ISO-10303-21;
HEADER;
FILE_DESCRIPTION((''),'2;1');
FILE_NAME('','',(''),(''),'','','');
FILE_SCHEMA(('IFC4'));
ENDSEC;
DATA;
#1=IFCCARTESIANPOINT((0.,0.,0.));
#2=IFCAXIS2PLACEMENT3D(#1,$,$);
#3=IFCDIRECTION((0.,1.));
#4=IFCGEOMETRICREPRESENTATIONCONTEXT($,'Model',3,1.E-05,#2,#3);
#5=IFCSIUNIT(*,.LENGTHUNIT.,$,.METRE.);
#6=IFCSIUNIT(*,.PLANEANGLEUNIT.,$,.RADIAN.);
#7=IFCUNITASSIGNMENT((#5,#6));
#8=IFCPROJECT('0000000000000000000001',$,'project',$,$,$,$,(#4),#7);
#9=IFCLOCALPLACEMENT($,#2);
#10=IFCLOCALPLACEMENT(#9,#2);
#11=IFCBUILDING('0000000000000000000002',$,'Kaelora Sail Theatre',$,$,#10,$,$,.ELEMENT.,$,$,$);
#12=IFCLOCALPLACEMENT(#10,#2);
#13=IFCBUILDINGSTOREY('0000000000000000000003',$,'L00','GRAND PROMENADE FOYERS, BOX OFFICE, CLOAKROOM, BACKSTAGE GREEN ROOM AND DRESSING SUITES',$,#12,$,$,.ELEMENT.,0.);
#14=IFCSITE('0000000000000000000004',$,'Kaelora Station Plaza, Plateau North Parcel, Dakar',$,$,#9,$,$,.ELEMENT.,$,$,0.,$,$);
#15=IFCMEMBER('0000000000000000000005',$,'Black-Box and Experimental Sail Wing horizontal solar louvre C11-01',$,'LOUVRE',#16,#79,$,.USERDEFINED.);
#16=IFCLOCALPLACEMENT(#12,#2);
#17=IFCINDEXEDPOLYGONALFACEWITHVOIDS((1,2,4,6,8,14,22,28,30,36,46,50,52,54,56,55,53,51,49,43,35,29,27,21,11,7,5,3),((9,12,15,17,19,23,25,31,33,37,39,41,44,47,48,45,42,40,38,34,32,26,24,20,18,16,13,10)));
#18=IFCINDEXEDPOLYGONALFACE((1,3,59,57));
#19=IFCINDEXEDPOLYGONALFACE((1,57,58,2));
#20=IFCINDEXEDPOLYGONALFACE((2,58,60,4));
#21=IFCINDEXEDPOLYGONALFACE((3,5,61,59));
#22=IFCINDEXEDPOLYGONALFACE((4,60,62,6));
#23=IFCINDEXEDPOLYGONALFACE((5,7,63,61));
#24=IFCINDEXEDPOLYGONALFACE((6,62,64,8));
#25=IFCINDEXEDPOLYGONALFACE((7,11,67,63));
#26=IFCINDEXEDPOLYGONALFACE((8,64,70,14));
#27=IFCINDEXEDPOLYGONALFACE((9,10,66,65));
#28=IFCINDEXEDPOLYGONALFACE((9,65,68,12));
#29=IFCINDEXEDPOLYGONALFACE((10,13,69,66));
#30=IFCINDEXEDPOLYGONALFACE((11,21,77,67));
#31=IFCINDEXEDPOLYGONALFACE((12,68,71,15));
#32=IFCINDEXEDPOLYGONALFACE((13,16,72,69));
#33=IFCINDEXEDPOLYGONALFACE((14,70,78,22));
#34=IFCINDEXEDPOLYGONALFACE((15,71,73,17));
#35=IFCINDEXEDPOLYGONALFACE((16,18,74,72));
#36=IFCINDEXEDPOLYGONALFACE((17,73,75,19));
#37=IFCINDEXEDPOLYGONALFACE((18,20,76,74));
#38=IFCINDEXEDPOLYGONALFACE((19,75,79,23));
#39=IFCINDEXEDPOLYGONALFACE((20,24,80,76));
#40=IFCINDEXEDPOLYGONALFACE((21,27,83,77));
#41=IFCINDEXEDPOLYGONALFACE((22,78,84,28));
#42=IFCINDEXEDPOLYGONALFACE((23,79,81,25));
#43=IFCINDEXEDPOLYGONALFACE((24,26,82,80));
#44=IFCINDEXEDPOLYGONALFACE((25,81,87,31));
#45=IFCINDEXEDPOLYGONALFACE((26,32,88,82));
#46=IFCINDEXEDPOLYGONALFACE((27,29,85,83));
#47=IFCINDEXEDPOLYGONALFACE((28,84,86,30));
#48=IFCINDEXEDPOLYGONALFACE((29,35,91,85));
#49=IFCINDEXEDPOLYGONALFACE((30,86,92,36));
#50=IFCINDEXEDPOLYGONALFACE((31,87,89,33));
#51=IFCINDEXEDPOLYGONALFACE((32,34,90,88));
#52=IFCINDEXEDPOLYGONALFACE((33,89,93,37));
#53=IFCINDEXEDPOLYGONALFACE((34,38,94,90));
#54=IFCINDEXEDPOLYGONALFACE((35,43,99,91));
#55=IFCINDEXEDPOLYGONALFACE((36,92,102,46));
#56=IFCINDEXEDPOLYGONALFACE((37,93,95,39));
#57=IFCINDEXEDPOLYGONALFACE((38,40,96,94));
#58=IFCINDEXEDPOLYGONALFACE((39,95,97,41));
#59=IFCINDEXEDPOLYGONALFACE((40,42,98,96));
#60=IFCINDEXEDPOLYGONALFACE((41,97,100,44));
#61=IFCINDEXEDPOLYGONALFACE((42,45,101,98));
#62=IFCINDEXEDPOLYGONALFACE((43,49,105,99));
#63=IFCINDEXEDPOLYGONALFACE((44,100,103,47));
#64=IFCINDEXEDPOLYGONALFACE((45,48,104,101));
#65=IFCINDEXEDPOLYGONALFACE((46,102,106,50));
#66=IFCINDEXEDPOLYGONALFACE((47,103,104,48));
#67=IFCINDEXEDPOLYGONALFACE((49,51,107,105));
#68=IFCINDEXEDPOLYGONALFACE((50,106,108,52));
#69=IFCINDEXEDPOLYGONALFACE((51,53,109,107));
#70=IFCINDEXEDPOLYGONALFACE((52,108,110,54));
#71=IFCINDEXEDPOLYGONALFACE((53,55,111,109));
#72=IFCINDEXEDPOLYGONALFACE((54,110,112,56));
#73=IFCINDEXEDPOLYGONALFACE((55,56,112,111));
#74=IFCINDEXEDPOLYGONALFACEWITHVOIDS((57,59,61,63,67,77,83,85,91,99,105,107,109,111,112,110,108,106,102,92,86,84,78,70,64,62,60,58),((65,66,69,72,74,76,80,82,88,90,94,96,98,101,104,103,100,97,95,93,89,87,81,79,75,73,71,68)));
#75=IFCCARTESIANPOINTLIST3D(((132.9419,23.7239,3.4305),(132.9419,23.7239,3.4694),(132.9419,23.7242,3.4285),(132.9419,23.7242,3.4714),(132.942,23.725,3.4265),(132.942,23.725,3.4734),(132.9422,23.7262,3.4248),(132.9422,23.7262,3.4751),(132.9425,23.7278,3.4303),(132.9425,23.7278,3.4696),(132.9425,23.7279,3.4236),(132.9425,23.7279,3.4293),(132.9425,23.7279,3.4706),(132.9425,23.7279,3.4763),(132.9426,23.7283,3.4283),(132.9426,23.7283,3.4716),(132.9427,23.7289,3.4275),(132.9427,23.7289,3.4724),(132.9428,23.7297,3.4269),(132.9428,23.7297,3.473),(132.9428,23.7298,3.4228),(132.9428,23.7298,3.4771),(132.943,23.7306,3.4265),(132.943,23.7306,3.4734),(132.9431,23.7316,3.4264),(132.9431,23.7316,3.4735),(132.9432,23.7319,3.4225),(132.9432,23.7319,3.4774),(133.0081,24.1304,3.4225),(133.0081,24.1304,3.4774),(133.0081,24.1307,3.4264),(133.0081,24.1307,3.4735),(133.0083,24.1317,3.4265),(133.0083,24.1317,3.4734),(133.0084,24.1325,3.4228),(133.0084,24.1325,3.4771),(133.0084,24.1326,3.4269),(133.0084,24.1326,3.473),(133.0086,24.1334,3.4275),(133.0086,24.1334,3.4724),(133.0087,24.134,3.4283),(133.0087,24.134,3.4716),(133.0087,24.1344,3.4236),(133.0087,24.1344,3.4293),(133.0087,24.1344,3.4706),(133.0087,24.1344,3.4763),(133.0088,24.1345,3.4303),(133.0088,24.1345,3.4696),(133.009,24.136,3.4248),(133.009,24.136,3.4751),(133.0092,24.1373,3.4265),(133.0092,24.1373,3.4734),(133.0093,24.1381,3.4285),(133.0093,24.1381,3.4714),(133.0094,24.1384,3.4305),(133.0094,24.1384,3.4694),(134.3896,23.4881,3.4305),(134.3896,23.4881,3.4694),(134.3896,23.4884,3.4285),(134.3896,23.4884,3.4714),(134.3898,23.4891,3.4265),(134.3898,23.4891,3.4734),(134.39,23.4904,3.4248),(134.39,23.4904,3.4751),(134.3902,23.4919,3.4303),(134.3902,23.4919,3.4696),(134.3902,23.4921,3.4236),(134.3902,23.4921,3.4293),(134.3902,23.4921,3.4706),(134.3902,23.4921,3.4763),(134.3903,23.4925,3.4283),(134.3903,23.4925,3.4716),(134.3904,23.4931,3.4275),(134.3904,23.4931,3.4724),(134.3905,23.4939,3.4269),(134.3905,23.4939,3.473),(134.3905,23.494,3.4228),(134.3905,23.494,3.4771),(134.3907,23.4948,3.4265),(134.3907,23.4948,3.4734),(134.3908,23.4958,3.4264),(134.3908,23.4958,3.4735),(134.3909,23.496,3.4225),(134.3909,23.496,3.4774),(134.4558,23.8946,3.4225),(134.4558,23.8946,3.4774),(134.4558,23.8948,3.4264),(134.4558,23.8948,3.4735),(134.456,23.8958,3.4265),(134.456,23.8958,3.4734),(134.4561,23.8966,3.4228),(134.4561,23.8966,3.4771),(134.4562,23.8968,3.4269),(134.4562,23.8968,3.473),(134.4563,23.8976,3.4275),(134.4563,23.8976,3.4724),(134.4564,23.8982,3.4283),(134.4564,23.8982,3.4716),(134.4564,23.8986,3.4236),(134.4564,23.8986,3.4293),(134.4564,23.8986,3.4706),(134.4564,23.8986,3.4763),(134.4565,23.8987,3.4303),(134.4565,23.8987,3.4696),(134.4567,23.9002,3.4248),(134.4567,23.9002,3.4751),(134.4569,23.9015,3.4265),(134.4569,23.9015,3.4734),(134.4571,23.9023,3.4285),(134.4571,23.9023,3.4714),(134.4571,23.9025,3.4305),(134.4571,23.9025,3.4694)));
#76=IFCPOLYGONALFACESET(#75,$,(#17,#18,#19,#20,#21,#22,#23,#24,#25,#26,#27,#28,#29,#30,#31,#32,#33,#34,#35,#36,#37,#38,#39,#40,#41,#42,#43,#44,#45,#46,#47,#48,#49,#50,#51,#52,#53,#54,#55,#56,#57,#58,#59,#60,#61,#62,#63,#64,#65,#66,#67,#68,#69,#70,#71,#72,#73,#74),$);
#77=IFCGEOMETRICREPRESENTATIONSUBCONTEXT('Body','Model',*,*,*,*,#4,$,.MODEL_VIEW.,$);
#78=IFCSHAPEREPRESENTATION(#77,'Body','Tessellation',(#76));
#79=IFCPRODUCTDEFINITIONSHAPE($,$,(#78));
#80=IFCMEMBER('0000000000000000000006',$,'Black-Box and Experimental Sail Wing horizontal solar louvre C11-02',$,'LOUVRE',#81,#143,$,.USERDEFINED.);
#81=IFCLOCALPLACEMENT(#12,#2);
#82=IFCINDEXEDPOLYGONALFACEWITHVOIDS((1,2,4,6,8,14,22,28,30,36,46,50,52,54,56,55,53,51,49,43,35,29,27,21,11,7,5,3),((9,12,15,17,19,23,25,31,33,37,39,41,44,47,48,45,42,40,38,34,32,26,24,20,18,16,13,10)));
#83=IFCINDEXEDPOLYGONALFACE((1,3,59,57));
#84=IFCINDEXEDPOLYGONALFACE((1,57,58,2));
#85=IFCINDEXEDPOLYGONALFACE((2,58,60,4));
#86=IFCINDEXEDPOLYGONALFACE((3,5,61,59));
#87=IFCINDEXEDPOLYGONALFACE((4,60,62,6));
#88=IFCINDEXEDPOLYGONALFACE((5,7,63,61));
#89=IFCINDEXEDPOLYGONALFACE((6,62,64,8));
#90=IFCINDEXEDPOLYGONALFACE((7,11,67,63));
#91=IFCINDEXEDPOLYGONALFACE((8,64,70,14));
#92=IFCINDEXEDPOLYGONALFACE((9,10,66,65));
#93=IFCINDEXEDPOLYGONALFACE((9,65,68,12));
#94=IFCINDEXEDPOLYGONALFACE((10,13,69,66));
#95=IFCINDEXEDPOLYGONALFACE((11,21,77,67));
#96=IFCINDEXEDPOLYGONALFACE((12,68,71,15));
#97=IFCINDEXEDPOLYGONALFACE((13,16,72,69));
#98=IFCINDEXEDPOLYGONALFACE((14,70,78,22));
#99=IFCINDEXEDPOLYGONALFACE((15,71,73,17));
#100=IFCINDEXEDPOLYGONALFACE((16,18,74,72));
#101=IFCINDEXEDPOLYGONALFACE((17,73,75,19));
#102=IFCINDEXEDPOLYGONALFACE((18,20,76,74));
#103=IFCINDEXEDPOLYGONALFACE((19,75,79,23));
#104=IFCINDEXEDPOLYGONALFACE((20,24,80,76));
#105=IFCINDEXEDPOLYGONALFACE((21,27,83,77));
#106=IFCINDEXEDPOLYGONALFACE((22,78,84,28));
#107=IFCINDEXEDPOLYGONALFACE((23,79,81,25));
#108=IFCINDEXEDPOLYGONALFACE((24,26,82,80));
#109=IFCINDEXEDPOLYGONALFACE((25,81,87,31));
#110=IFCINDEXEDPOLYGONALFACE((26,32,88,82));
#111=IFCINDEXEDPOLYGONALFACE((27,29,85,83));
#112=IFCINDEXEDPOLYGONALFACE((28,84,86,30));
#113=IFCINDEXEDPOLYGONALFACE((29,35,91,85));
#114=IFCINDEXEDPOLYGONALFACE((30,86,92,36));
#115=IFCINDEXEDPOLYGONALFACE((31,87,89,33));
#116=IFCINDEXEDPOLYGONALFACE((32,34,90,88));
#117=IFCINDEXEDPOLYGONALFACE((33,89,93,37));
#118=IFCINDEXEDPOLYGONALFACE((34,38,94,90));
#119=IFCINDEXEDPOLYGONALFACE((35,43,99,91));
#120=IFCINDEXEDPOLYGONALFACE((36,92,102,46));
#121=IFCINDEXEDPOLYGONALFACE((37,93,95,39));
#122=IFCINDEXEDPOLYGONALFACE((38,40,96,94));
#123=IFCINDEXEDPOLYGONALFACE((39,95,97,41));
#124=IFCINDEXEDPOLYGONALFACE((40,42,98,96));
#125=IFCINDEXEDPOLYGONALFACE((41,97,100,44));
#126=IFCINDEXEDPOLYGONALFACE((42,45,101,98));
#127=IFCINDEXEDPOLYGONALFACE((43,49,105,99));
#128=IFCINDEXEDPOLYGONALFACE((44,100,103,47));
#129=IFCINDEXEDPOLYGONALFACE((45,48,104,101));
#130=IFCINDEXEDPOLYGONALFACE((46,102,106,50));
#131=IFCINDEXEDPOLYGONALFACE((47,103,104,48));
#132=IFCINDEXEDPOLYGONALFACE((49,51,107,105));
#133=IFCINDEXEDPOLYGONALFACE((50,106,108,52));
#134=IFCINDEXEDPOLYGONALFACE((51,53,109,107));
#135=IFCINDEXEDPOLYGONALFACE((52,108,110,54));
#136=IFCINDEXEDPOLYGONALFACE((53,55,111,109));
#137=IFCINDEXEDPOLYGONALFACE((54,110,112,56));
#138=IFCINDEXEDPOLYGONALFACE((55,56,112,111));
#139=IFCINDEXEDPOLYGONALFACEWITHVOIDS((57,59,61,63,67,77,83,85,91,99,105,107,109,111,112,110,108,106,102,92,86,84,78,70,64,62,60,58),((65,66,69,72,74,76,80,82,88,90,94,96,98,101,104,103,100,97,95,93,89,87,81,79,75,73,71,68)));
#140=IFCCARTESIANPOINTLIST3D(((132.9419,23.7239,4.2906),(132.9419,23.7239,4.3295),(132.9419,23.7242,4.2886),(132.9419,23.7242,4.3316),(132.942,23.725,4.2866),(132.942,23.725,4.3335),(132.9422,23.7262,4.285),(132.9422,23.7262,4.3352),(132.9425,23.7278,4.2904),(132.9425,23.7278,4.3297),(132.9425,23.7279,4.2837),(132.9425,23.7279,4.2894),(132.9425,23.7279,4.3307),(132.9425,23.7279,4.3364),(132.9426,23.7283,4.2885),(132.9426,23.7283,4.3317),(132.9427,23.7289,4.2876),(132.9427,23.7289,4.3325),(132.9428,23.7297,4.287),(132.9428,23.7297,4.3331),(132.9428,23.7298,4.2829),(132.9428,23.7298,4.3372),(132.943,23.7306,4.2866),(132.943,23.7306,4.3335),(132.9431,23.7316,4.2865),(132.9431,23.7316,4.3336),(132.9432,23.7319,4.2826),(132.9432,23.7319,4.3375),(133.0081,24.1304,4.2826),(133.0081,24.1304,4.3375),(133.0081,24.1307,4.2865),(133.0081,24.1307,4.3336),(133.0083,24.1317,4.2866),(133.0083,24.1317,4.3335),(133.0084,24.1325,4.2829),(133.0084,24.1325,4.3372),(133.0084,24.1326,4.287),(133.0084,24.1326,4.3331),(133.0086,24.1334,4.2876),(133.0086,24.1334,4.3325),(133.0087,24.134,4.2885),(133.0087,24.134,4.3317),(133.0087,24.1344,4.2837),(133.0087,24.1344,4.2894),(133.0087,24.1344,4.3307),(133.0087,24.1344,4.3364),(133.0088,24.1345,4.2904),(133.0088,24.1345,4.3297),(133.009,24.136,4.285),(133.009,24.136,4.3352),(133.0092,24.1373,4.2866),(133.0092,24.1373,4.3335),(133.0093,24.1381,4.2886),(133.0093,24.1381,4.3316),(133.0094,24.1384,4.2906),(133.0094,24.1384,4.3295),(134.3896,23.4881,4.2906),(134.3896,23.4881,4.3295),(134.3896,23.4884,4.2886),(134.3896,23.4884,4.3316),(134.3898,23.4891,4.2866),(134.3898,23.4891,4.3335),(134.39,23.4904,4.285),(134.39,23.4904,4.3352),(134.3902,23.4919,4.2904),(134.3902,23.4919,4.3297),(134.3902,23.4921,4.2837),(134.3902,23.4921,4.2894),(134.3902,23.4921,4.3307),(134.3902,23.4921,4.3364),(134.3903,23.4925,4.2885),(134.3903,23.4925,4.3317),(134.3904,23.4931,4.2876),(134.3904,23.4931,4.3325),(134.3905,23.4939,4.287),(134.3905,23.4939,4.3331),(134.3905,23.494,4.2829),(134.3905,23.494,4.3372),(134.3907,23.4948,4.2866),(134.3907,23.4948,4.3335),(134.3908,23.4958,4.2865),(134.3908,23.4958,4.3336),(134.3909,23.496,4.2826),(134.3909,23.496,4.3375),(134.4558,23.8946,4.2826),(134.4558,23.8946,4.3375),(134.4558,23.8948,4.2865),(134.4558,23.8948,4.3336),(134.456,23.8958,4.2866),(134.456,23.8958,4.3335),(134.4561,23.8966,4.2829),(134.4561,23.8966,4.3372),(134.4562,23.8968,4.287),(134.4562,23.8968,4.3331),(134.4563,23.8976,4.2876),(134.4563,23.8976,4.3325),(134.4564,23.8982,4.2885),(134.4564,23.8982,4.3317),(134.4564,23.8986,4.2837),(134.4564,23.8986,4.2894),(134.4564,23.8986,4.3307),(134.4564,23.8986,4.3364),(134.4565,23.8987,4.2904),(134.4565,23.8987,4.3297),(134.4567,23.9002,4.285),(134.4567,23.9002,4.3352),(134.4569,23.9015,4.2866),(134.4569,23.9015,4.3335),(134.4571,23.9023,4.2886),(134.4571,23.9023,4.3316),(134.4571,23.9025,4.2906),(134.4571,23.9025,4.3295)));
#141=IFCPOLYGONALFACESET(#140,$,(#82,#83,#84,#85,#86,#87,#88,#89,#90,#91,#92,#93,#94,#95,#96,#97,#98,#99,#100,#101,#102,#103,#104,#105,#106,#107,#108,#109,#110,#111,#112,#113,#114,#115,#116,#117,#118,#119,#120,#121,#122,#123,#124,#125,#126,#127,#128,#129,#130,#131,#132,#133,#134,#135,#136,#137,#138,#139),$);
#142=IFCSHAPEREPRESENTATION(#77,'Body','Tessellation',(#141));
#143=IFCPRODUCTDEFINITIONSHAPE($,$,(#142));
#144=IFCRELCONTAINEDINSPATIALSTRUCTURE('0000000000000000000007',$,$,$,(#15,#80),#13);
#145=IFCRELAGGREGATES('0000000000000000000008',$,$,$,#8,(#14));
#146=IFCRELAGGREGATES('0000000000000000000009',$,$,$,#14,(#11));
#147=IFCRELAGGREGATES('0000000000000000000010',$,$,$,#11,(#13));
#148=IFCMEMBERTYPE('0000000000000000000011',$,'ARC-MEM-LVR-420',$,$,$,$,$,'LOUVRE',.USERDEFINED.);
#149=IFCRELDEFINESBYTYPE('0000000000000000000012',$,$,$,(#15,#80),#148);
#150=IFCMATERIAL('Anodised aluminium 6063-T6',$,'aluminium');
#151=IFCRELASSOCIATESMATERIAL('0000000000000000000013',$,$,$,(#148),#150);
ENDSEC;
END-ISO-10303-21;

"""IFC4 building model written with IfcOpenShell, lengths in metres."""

from ifc_helpers import new_model, si_unit, direction, frame, origin, origin_2d, place, context, subcontext, project, spatial, hollow_rectangle, extrude, material, material_profile, profile_set, type_object, element, save


model = new_model("IFC4")

# Units and contexts
model_context = context("Model", 3, precision=1e-05, world=origin(), true_north=direction((0.0, 1.0)))
body_context = subcontext(model_context, "Body", "Model", "MODEL_VIEW")
ifc_project = project(units=[si_unit("LENGTHUNIT", "METRE"), si_unit("PLANEANGLEUNIT", "RADIAN")], contexts=[model_context])

# Site, building, storey
site_placement = place(None, origin())
site = spatial("IfcSite", under=ifc_project, at=site_placement, Name="Kaelora Station Plaza, Plateau North Parcel, Dakar", CompositionType="ELEMENT", RefElevation=0.0)
building_placement = place(site_placement, origin())
building = spatial("IfcBuilding", under=site, at=building_placement, Name="Kaelora Sail Theatre", CompositionType="ELEMENT")
storey_placement = place(building_placement, origin())
storey = spatial("IfcBuildingStorey", under=building, at=storey_placement, Name="L00", Description="GRAND PROMENADE FOYERS, BOX OFFICE, CLOAKROOM, BACKSTAGE GREEN ROOM AND DRESSING SUITES", CompositionType="ELEMENT", Elevation=0.0)

# Members
ifc_material_1 = material(Name="Anodised aluminium 6063-T6", Category="aluminium")
ifc_material_profile_1 = material_profile(ifc_material_1, hollow_rectangle(XDim=0.4199, YDim=0.0549, WallThickness=0.0039, InnerFilletRadius=0.0039, OuterFilletRadius=0.0081, at=origin_2d()), Name="LOUVRE 420x55x4")
ifc_profile_set_1 = profile_set([ifc_material_profile_1], Name="Anodised aluminium 6063-T6")
member_type_1 = type_object("IfcMemberType", Name="ARC-MEM-LVR-420", ElementType="LOUVRE", PredefinedType="USERDEFINED", material=ifc_profile_set_1)
for number, where, z_axis, x_axis, name in (
    (1, (134.4233, 23.6953, 3.45), (-0.98699, 0.160781, 0.0), (-0.160781, -0.98699, 0.0), "Black-Box and Experimental Sail Wing horizontal solar louvre C11-01"),
    (2, (134.4233, 23.6953, 4.3101), (-0.98699, 0.160781, 0.0), (-0.160781, -0.98699, 0.0), "Black-Box and Experimental Sail Wing horizontal solar louvre C11-02"),
):
    element("IfcMember", number, at=place(storey_placement, frame(where, z_axis=z_axis, x_axis=x_axis)), inside=storey, type_object=member_type_1, Name=name, ObjectType="LOUVRE", PredefinedType="USERDEFINED", context=body_context, shape_type="SweptSolid", body=[
        extrude(hollow_rectangle(XDim=0.4199, YDim=0.0549, WallThickness=0.0039, InnerFilletRadius=0.0039, OuterFilletRadius=0.0081, at=origin_2d()), origin(), (0.0, 0.0, 1.0), 1.4668),
    ])

save(model, "model.ifc")
